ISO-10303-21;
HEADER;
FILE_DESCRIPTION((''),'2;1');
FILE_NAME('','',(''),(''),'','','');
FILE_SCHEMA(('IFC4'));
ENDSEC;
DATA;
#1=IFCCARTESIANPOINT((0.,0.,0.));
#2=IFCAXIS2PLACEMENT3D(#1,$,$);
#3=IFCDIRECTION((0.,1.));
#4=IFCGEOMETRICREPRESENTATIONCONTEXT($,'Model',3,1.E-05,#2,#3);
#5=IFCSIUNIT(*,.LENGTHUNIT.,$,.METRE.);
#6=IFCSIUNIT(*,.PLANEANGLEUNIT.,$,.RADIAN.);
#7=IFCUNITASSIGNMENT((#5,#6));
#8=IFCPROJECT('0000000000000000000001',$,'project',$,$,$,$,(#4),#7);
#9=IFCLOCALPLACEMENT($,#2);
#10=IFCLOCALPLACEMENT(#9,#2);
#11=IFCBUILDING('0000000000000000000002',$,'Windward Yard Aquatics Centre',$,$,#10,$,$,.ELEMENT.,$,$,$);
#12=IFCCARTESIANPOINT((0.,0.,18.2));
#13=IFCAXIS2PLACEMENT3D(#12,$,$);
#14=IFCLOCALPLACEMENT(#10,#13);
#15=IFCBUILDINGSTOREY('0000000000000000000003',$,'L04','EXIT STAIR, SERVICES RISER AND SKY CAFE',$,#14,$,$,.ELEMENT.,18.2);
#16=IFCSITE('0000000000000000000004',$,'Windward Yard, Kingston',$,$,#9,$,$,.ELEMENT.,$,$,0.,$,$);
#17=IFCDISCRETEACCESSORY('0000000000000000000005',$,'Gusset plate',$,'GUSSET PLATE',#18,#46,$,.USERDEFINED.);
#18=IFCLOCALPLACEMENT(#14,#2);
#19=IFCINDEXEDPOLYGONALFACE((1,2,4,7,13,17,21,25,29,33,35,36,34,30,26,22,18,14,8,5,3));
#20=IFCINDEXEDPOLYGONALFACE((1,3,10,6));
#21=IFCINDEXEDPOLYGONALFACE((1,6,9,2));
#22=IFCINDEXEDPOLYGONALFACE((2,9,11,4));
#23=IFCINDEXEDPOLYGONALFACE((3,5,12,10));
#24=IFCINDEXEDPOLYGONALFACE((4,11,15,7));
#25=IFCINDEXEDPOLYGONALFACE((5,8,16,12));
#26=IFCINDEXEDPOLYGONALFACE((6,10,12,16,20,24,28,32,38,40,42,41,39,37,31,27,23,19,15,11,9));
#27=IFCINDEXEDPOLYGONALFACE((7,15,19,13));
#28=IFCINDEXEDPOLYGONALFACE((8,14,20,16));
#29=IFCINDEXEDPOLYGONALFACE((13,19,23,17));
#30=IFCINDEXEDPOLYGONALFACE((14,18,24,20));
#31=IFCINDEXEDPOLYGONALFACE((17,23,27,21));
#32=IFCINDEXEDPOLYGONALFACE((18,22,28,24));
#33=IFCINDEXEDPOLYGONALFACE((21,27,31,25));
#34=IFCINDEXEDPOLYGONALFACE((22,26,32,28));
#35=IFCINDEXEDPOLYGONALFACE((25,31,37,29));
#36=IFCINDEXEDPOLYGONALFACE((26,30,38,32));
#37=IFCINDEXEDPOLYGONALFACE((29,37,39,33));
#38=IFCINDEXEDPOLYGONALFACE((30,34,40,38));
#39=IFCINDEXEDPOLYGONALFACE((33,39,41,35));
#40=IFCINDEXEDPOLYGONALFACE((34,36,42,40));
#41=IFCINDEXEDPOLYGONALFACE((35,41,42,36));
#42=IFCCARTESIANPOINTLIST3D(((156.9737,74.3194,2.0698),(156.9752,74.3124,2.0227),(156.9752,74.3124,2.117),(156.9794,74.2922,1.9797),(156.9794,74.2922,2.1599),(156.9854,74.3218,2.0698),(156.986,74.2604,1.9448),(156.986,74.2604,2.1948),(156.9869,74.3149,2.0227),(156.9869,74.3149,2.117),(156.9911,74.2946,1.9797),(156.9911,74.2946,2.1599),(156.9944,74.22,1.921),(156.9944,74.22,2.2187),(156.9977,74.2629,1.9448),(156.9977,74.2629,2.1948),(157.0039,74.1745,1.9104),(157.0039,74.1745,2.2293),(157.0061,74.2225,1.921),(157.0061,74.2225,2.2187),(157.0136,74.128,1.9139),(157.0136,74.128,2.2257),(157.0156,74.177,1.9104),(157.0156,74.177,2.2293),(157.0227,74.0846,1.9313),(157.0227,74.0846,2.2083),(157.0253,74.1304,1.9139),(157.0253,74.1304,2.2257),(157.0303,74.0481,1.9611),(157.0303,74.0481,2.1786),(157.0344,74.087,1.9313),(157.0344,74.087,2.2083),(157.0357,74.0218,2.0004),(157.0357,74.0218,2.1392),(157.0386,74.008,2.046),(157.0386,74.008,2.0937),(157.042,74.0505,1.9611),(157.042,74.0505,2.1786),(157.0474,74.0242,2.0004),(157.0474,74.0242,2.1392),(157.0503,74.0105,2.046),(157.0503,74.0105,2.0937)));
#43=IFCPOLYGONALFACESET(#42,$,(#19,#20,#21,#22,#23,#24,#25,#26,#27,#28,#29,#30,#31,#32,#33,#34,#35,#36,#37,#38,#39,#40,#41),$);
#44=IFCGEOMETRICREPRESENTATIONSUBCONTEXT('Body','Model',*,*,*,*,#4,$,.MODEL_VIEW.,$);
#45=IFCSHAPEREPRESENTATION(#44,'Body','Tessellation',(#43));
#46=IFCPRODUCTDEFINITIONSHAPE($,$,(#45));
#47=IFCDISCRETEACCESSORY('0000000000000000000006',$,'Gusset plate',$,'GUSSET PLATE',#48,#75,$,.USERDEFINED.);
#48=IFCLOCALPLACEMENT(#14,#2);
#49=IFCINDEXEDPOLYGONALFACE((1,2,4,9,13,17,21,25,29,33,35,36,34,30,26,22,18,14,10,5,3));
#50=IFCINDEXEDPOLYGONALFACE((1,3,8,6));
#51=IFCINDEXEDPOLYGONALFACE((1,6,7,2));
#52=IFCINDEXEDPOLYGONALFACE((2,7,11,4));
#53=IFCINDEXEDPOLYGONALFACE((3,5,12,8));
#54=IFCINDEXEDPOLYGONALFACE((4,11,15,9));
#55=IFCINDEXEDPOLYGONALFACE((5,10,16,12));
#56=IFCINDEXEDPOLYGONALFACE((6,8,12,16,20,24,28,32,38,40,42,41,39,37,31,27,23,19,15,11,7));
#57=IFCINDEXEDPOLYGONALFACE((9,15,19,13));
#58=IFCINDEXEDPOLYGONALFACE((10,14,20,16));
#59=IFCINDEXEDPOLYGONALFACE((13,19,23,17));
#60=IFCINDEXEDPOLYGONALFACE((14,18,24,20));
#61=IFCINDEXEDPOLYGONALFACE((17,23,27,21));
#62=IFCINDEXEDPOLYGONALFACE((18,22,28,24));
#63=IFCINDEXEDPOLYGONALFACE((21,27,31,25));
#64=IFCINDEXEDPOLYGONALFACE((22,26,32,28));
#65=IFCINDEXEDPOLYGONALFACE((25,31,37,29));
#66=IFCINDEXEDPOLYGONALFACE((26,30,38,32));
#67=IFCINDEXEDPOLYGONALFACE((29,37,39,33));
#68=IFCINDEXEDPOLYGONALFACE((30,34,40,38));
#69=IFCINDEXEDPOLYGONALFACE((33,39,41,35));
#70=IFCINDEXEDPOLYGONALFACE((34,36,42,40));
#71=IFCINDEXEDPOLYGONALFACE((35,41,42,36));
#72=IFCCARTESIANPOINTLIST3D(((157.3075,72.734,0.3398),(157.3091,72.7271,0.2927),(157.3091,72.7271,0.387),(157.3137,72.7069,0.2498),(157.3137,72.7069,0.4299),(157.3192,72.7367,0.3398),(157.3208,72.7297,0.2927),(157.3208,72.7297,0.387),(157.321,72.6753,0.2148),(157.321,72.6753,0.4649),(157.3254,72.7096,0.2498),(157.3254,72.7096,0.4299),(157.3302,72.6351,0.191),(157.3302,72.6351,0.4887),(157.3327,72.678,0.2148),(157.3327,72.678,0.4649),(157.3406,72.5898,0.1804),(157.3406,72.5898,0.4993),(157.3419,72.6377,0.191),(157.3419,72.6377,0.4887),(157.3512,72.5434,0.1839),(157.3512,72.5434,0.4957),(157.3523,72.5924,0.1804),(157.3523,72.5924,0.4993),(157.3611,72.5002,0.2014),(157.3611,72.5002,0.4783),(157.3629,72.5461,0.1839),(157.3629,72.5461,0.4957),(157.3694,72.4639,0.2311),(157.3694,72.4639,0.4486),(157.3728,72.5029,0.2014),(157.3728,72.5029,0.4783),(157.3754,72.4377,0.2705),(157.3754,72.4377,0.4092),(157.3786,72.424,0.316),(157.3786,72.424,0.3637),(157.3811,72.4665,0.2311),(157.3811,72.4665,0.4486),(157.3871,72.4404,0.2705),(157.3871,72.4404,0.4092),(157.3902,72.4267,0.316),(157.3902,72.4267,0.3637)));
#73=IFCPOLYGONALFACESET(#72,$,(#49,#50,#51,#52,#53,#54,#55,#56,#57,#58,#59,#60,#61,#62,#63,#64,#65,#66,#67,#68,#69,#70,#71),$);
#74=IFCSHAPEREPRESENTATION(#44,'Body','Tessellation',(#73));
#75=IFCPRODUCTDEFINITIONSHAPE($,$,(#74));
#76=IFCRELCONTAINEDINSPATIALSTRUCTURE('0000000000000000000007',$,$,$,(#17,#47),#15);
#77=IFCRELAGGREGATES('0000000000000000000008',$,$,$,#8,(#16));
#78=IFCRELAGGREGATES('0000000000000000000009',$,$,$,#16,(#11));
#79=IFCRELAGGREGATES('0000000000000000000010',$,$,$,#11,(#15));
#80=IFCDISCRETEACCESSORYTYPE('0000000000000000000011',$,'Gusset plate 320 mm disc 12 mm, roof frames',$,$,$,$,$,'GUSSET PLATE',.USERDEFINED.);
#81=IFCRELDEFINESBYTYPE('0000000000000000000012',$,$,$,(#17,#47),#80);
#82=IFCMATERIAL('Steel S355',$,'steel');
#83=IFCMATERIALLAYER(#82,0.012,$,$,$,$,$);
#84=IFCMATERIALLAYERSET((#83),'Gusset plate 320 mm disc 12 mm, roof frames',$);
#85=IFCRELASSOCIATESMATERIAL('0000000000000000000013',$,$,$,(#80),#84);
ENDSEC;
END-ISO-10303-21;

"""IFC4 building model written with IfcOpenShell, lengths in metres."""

from ifc_helpers import new_model, si_unit, direction, frame, origin, origin_2d, place, context, subcontext, project, spatial, circle, extrude, material, layer, layer_set, type_object, element, save


model = new_model("IFC4")

# Units and contexts
model_context = context("Model", 3, precision=1e-05, world=origin(), true_north=direction((0.0, 1.0)))
body_context = subcontext(model_context, "Body", "Model", "MODEL_VIEW")
ifc_project = project(units=[si_unit("LENGTHUNIT", "METRE"), si_unit("PLANEANGLEUNIT", "RADIAN")], contexts=[model_context])

# Site, building, storey
site_placement = place(None, origin())
site = spatial("IfcSite", under=ifc_project, at=site_placement, Name="Windward Yard, Kingston", CompositionType="ELEMENT", RefElevation=0.0)
building_placement = place(site_placement, origin())
building = spatial("IfcBuilding", under=site, at=building_placement, Name="Windward Yard Aquatics Centre", CompositionType="ELEMENT")
storey_placement = place(building_placement, frame((0.0, 0.0, 18.2)))
storey = spatial("IfcBuildingStorey", under=building, at=storey_placement, Name="L04", Description="EXIT STAIR, SERVICES RISER AND SKY CAFE", CompositionType="ELEMENT", Elevation=18.2)

# Discrete accessories
ifc_material_1 = material(Name="Steel S355", Category="steel")
ifc_layer_1 = layer(ifc_material_1, 0.012)
ifc_layer_set_1 = layer_set([ifc_layer_1], Name="Gusset plate 320 mm disc 12 mm, roof frames")
discrete_accessory_type_1 = type_object("IfcDiscreteAccessoryType", Name="Gusset plate 320 mm disc 12 mm, roof frames", ElementType="GUSSET PLATE", PredefinedType="USERDEFINED", material=ifc_layer_set_1)
for number, where, z_axis, x_axis, name in (
    (1, (157.0063, 74.1628, 2.0698), (0.97898, 0.203954, 0.0), (-0.203954, 0.97898, 0.0), "Gusset plate"),
    (2, (157.3433, 72.5781, 0.3398), (0.974732, 0.223376, 0.0), (-0.223376, 0.974732, 0.0), "Gusset plate"),
):
    element("IfcDiscreteAccessory", number, at=place(storey_placement, frame(where, z_axis=z_axis, x_axis=x_axis)), inside=storey, type_object=discrete_accessory_type_1, Name=name, ObjectType="GUSSET PLATE", PredefinedType="USERDEFINED", context=body_context, shape_type="SweptSolid", body=[
        extrude(circle(Radius=0.1599, at=origin_2d()), origin(), (0.0, 0.0, 1.0), 0.012),
    ])

save(model, "model.ifc")
